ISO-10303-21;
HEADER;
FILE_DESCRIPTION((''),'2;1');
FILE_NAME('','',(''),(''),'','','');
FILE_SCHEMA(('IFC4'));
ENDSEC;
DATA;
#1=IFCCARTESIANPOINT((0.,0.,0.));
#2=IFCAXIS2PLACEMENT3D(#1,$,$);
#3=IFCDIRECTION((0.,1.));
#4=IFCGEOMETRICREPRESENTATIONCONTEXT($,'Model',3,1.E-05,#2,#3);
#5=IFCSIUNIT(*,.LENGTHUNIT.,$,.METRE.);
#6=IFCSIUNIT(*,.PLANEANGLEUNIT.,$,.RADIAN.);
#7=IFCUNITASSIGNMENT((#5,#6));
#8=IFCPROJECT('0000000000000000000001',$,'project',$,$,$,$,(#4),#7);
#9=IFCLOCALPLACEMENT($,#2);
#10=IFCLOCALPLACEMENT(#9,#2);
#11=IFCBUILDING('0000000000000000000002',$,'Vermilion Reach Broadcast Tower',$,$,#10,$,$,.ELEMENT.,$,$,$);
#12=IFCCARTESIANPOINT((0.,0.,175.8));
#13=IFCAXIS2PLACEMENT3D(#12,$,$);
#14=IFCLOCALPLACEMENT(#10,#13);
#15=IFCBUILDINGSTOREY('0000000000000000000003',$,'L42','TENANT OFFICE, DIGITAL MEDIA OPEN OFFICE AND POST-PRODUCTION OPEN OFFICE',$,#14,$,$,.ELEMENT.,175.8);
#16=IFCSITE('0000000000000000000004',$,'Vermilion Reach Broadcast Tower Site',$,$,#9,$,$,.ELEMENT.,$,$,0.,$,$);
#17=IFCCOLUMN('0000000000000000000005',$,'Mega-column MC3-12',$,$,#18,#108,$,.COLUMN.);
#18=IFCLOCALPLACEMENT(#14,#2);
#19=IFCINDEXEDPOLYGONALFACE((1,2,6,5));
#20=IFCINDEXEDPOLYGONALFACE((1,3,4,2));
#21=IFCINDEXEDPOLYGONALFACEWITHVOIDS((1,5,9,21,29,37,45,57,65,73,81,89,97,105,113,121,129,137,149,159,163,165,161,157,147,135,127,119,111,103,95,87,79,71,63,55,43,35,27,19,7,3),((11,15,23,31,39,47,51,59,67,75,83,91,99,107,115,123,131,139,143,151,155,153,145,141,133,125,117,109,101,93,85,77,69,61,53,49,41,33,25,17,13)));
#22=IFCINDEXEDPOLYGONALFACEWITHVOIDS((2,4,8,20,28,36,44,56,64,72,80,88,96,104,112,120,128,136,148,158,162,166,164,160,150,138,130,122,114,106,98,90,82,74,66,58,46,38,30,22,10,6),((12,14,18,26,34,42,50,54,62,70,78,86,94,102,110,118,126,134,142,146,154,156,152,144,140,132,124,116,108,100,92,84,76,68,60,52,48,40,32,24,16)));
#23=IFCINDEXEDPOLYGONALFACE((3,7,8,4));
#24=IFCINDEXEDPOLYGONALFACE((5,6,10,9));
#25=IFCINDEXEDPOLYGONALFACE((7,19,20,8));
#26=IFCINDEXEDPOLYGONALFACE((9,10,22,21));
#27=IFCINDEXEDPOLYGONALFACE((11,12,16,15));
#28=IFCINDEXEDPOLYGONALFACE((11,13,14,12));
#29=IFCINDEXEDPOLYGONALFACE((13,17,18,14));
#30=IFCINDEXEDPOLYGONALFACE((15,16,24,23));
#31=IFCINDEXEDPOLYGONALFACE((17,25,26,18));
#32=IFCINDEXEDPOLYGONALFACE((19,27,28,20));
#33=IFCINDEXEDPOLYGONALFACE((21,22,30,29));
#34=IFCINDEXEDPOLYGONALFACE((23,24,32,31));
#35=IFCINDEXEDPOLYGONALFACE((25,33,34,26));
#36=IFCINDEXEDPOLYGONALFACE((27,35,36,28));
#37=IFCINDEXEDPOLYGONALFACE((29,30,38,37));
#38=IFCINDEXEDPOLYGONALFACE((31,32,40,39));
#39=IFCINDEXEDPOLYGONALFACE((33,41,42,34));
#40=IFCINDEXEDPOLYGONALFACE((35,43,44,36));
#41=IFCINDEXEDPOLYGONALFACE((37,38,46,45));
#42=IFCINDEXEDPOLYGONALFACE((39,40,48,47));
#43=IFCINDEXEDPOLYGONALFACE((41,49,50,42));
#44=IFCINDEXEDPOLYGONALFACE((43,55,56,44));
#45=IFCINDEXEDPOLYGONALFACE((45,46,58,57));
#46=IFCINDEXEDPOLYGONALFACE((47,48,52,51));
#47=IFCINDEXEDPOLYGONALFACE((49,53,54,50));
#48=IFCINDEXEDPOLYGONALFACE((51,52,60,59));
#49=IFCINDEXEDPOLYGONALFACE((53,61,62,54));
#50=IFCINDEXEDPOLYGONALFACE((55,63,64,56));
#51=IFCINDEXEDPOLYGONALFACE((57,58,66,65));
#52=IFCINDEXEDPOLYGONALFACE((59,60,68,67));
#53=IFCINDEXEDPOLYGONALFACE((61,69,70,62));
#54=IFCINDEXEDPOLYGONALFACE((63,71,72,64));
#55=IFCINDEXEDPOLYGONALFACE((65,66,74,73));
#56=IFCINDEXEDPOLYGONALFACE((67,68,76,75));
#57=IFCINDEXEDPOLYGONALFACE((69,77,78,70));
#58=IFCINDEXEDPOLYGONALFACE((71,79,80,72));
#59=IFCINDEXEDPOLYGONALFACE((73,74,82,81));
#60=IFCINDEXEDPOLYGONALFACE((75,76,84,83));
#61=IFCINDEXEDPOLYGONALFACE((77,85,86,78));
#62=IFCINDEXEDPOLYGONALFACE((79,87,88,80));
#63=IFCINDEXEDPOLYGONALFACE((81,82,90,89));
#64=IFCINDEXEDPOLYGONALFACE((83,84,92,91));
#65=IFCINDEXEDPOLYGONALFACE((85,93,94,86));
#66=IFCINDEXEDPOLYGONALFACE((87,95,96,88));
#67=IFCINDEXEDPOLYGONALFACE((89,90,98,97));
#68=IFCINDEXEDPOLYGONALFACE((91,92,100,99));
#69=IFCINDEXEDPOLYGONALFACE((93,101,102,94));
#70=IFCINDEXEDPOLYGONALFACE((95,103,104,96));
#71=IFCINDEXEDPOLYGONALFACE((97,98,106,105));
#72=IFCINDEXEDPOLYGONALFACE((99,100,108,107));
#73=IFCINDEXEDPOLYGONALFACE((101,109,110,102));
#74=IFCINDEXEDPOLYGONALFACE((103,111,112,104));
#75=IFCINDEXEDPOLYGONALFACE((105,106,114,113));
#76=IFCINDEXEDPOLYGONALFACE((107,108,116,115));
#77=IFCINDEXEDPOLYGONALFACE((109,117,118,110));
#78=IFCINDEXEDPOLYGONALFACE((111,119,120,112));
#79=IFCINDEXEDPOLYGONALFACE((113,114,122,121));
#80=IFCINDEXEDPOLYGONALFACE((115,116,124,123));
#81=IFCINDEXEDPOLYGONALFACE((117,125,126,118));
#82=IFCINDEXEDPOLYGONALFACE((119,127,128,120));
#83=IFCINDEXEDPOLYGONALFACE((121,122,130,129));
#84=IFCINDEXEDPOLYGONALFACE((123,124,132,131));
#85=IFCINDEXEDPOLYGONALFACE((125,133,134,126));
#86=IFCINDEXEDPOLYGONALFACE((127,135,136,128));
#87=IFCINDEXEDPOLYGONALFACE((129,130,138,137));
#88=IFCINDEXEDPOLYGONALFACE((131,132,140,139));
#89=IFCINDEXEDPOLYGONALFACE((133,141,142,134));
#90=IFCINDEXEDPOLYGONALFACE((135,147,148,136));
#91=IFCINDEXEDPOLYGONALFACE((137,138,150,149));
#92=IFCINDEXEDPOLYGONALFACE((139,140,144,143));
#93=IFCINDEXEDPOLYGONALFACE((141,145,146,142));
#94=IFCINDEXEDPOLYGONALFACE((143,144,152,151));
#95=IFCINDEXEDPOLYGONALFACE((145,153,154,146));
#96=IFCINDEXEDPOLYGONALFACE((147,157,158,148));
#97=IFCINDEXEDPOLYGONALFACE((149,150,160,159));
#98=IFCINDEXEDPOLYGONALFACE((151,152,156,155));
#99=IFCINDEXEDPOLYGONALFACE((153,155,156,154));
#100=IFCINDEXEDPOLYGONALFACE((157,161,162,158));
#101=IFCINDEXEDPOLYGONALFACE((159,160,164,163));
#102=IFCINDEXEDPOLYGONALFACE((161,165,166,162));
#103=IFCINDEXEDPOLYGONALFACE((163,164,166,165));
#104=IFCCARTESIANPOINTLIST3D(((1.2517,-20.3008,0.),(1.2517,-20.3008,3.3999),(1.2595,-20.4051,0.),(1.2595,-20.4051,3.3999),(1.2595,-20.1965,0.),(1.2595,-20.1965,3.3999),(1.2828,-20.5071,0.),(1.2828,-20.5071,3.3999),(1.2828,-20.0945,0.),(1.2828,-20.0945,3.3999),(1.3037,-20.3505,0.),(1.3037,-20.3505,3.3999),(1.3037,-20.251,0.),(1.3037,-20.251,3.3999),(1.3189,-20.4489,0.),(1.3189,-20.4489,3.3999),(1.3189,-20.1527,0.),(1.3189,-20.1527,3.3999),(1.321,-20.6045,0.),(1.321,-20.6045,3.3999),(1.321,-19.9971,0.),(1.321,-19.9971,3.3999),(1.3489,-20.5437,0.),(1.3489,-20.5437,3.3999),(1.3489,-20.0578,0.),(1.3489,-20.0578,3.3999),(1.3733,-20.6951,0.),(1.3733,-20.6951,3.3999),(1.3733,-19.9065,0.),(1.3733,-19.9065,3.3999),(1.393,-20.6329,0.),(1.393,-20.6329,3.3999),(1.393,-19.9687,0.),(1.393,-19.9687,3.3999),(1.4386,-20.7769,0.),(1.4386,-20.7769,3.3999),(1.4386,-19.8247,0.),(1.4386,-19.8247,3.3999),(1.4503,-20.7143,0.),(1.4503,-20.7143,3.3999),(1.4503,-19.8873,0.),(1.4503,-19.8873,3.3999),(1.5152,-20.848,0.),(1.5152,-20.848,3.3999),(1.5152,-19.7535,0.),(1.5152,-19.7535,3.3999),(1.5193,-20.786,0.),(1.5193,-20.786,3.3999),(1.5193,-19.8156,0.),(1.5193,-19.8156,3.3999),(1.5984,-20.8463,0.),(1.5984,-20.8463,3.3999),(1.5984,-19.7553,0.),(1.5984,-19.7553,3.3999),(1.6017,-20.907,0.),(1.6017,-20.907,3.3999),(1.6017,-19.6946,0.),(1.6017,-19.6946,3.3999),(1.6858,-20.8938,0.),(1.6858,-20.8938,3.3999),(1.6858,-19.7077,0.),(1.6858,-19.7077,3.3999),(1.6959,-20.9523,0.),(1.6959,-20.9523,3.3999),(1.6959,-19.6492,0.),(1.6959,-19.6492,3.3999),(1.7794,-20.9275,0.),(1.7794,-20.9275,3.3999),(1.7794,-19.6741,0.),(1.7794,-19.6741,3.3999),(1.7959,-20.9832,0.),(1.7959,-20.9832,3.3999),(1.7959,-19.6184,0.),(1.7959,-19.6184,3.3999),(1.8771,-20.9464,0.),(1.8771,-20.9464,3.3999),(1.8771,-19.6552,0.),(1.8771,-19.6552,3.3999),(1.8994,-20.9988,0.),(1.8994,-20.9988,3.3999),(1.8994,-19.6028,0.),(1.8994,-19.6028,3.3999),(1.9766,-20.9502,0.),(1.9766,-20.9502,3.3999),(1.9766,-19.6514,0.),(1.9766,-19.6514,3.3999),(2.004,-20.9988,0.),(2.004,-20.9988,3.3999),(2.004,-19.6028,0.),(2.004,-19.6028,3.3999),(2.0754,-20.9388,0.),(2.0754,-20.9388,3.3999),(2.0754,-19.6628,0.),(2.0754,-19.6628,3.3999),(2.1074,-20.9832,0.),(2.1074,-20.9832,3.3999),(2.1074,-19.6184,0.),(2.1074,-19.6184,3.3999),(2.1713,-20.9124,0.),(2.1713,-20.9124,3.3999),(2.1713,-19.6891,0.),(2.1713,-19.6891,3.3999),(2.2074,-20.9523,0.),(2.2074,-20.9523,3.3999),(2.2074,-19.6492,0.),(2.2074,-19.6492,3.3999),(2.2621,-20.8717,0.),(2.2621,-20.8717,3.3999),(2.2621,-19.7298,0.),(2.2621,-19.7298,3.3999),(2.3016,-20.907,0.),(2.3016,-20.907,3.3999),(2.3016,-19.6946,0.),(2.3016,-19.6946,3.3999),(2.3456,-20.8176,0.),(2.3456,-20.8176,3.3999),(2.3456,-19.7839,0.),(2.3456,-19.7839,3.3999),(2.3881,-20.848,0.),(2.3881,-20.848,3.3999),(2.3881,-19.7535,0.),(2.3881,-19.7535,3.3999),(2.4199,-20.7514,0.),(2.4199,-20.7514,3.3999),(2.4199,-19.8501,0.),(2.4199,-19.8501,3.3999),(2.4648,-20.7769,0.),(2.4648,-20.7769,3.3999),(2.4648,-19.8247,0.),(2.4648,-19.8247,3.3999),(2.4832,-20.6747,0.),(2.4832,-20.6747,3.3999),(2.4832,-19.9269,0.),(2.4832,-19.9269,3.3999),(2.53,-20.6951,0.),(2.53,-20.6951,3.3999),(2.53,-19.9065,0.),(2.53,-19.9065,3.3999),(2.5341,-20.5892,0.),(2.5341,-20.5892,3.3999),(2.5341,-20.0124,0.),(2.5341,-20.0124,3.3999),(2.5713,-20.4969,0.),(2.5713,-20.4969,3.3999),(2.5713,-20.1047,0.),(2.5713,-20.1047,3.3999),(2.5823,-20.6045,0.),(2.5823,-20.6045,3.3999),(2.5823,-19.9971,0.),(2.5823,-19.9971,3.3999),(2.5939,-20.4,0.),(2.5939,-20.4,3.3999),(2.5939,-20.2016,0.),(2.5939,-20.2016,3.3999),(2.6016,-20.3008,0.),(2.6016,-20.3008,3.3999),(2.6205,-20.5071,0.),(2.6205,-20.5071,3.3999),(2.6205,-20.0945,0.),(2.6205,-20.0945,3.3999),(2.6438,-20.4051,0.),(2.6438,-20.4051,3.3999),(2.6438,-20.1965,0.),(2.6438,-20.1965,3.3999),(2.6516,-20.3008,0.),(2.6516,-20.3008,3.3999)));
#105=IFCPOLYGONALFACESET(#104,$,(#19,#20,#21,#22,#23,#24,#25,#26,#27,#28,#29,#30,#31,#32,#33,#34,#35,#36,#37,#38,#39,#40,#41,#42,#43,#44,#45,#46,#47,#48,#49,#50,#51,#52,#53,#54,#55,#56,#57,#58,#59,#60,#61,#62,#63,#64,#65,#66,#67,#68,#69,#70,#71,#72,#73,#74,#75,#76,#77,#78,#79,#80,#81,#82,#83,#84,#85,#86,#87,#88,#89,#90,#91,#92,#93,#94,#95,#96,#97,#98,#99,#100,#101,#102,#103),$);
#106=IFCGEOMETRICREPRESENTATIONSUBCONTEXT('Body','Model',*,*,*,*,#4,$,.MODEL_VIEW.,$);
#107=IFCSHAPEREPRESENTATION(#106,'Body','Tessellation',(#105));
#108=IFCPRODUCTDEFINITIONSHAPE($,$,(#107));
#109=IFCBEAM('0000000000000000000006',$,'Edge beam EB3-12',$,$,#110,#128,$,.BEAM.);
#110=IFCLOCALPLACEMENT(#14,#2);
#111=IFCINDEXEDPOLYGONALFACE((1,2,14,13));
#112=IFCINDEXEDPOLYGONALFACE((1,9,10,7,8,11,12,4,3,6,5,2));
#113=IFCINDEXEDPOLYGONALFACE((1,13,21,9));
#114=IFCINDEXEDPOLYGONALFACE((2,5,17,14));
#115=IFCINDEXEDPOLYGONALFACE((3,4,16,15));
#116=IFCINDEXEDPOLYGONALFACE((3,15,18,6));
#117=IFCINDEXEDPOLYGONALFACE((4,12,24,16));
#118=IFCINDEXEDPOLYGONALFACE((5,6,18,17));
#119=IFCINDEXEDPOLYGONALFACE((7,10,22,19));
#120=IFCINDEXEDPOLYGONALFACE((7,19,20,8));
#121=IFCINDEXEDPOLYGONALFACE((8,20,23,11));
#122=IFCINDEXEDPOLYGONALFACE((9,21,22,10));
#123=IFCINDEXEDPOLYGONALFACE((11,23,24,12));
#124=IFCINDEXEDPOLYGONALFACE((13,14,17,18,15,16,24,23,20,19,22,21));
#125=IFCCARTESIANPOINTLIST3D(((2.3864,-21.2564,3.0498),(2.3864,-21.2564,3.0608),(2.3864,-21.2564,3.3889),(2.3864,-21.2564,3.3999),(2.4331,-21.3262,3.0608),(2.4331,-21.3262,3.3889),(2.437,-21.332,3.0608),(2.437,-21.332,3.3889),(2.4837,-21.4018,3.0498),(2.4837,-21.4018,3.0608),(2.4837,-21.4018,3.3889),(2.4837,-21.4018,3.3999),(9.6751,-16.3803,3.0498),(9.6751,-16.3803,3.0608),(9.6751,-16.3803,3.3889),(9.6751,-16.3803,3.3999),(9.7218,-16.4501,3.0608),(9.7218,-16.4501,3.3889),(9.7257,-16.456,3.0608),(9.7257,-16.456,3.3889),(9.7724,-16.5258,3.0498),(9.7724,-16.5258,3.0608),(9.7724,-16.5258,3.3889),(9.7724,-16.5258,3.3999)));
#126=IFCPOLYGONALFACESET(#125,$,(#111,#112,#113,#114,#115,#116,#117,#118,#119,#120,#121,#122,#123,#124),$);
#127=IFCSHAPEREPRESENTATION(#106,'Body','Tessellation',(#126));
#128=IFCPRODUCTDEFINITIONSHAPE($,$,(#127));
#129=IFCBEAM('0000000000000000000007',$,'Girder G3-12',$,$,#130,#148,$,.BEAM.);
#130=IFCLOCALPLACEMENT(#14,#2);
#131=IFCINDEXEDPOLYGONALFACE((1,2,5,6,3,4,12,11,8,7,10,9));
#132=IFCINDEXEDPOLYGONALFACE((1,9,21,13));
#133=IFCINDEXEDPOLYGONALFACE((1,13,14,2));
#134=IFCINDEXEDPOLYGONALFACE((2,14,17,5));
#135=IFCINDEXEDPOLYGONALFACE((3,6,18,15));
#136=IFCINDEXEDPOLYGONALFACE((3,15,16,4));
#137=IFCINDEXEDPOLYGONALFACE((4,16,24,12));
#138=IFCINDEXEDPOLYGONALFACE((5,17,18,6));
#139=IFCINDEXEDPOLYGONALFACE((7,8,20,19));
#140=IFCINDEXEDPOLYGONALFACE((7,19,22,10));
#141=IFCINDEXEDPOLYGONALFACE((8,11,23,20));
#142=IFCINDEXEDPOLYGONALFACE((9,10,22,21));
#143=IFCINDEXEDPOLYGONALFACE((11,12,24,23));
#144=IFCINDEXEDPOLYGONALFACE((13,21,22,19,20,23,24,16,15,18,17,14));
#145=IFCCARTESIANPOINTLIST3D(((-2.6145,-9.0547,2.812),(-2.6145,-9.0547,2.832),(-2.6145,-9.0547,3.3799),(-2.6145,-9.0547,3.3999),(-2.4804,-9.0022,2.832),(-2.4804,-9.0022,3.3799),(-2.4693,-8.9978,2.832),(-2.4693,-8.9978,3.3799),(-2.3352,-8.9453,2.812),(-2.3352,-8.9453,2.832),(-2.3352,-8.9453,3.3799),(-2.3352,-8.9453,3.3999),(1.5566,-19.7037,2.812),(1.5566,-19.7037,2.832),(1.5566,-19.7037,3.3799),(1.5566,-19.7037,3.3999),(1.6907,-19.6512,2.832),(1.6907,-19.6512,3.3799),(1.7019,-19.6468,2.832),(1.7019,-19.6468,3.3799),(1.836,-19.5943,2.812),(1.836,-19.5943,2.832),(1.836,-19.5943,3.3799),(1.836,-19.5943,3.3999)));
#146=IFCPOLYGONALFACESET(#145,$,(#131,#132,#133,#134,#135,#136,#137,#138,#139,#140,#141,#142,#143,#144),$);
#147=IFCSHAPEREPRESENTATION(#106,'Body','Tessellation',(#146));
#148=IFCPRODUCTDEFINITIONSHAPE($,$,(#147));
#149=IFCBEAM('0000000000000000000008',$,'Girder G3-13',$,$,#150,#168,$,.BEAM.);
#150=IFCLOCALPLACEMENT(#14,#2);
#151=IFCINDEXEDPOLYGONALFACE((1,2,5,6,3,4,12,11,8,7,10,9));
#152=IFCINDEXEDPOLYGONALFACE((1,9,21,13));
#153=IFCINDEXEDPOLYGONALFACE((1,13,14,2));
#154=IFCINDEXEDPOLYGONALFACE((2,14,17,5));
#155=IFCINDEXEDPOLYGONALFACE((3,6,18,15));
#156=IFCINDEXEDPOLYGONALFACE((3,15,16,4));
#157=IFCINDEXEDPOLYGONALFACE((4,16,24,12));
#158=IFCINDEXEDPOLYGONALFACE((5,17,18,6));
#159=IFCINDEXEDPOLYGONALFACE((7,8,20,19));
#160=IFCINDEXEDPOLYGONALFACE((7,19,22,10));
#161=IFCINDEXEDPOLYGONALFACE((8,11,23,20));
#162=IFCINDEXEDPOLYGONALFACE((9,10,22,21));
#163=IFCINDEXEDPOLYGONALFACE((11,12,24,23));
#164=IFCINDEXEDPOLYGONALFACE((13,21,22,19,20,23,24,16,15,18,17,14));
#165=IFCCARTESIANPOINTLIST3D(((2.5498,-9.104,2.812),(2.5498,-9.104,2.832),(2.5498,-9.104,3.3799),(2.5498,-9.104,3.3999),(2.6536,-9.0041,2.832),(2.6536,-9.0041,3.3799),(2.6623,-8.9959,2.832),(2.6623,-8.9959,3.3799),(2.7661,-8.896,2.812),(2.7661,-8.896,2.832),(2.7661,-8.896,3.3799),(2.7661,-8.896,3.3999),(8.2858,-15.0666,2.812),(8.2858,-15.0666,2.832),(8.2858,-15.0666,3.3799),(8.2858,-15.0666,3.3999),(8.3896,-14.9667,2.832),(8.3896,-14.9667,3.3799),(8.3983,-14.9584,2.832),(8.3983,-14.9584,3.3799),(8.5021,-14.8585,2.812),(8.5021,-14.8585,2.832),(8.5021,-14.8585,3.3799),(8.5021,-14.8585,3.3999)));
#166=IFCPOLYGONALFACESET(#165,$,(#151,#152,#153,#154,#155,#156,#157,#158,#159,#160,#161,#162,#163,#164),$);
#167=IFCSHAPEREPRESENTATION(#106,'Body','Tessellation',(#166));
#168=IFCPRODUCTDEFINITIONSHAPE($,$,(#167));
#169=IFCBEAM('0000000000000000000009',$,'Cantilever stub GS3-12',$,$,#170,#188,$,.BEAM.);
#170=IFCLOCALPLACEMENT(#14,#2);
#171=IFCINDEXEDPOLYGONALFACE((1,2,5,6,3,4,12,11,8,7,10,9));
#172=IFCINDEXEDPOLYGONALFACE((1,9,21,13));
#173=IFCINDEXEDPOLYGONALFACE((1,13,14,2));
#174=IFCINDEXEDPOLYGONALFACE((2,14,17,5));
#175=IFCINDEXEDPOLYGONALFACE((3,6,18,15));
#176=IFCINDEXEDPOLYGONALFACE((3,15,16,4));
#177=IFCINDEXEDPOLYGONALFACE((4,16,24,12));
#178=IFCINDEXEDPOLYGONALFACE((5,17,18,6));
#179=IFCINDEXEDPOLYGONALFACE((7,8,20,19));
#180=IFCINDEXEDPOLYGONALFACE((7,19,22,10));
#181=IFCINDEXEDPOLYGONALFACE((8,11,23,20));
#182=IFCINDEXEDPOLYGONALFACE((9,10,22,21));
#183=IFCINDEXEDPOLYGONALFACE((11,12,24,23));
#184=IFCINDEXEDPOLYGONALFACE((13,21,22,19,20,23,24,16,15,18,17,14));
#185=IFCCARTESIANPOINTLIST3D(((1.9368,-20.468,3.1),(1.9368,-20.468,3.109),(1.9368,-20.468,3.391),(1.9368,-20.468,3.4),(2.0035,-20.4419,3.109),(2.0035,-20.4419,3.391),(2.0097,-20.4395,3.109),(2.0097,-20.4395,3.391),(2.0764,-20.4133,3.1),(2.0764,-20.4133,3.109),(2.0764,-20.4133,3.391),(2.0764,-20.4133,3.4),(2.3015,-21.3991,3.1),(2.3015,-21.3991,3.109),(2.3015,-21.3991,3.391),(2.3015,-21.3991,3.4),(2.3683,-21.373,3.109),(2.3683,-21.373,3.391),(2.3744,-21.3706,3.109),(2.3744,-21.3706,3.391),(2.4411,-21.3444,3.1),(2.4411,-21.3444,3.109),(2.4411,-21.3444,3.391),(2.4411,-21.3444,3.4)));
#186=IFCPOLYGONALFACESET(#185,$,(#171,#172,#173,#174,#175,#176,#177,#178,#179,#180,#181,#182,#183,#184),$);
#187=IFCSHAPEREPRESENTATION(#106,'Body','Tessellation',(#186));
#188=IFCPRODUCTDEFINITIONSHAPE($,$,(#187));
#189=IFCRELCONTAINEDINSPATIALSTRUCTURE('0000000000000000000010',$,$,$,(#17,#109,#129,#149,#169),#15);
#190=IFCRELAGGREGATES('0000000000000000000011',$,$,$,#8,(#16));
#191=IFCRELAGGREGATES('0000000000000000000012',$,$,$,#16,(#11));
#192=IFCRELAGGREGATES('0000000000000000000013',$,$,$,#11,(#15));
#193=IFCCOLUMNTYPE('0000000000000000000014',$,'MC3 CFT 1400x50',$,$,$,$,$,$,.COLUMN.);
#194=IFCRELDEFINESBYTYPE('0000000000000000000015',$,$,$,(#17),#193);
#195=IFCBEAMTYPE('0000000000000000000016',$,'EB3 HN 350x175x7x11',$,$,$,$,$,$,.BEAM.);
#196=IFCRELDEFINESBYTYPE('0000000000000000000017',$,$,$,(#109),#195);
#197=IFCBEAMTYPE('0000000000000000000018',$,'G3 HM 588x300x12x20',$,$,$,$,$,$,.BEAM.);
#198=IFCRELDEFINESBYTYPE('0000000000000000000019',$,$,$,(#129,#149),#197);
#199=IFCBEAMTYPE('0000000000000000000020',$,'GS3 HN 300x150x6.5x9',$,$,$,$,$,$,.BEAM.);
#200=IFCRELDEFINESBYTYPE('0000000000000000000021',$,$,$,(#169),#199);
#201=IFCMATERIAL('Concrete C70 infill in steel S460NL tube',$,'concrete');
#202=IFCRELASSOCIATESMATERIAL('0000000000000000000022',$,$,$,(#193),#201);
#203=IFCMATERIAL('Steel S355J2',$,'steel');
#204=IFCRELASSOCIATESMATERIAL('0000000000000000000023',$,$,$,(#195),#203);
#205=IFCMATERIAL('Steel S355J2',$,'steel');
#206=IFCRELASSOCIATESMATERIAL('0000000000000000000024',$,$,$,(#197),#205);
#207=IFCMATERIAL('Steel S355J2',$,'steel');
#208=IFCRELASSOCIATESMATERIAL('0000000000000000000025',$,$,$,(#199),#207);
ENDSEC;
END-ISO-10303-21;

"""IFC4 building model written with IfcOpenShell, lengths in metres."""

from ifc_helpers import new_model, si_unit, direction, frame, origin, origin_2d, place, context, subcontext, project, spatial, hollow_circle, i_section, extrude, material, material_profile, profile_set, type_object, element, save


model = new_model("IFC4")

# Units and contexts
model_context = context("Model", 3, precision=1e-05, world=origin(), true_north=direction((0.0, 1.0)))
body_context = subcontext(model_context, "Body", "Model", "MODEL_VIEW")
ifc_project = project(units=[si_unit("LENGTHUNIT", "METRE"), si_unit("PLANEANGLEUNIT", "RADIAN")], contexts=[model_context])

# Site, building, storey
site_placement = place(None, origin())
site = spatial("IfcSite", under=ifc_project, at=site_placement, Name="Vermilion Reach Broadcast Tower Site", CompositionType="ELEMENT", RefElevation=0.0)
building_placement = place(site_placement, origin())
building = spatial("IfcBuilding", under=site, at=building_placement, Name="Vermilion Reach Broadcast Tower", CompositionType="ELEMENT")
storey_placement = place(building_placement, frame((0.0, 0.0, 175.8)))
storey = spatial("IfcBuildingStorey", under=building, at=storey_placement, Name="L42", Description="TENANT OFFICE, DIGITAL MEDIA OPEN OFFICE AND POST-PRODUCTION OPEN OFFICE", CompositionType="ELEMENT", Elevation=175.8)

# Column
ifc_material_1 = material(Name="Concrete C70 infill in steel S460NL tube", Category="concrete")
ifc_material_profile_1 = material_profile(ifc_material_1, hollow_circle(Radius=0.7, WallThickness=0.05, at=origin_2d()), Name="Concrete C70 infill in steel S460NL tube CFT 1400x50")
ifc_profile_set_1 = profile_set([ifc_material_profile_1], Name="Concrete C70 infill in steel S460NL tube")
column_type = type_object("IfcColumnType", Name="MC3 CFT 1400x50", PredefinedType="COLUMN", material=ifc_profile_set_1)
column_placement = place(storey_placement, frame((1.9517, -20.3008, 0.0), z_axis=(0.0, 0.0, 1.0), x_axis=(1.0, 0.0, 0.0)))
element("IfcColumn", 1, at=column_placement, inside=storey, type_object=column_type, Name="Mega-column MC3-12", PredefinedType="COLUMN", context=body_context, shape_type="SweptSolid", body=[
    extrude(hollow_circle(Radius=0.7, WallThickness=0.05, at=origin_2d()), origin(), (0.0, 0.0, 1.0), 3.3999),
])

# Beams
ifc_material_2 = material(Name="Steel S355J2", Category="steel")
ifc_material_profile_2 = material_profile(ifc_material_2, i_section(OverallWidth=0.175, OverallDepth=0.3501, WebThickness=0.0071, FlangeThickness=0.011, at=origin_2d()), Name="S355J2 HN 350x175x7x11")
ifc_profile_set_2 = profile_set([ifc_material_profile_2], Name="Steel S355J2")
beam_type_1 = type_object("IfcBeamType", Name="EB3 HN 350x175x7x11", PredefinedType="BEAM", material=ifc_profile_set_2)
beam_1_placement = place(storey_placement, frame((2.4351, -21.3291, 3.2249), z_axis=(0.831158, 0.556036, 0.0), x_axis=(-0.556036, 0.831158, 0.0)))
element("IfcBeam", 2, at=beam_1_placement, inside=storey, type_object=beam_type_1, Name="Edge beam EB3-12", PredefinedType="BEAM", context=body_context, shape_type="SweptSolid", body=[
    extrude(i_section(OverallWidth=0.175, OverallDepth=0.3501, WebThickness=0.0071, FlangeThickness=0.011, at=origin_2d()), origin(), (0.0, 0.0, 1.0), 8.7693),
])
ifc_material_3 = material(Name="Steel S355J2", Category="steel")
ifc_material_profile_3 = material_profile(ifc_material_3, i_section(OverallWidth=0.3, OverallDepth=0.5879, WebThickness=0.012, FlangeThickness=0.02, at=origin_2d()), Name="S355J2 HM 588x300x12x20")
ifc_profile_set_3 = profile_set([ifc_material_profile_3], Name="Steel S355J2")
beam_type_2 = type_object("IfcBeamType", Name="G3 HM 588x300x12x20", PredefinedType="BEAM", material=ifc_profile_set_3)
beam_2_placement = place(storey_placement, frame((-2.4749, -9.0, 3.106), z_axis=(0.364716, -0.931119, 0.0), x_axis=(0.931119, 0.364716, 0.0)))
element("IfcBeam", 3, at=beam_2_placement, inside=storey, type_object=beam_type_2, Name="Girder G3-12", PredefinedType="BEAM", context=body_context, shape_type="SweptSolid", body=[
    extrude(i_section(OverallWidth=0.3, OverallDepth=0.5879, WebThickness=0.012, FlangeThickness=0.02, at=origin_2d()), origin(), (0.0, 0.0, 1.0), 11.4368),
])
beam_3_placement = place(storey_placement, frame((2.658, -9.0, 3.106), z_axis=(0.693283, -0.720666, 0.0), x_axis=(0.720666, 0.693283, 0.0)))
element("IfcBeam", 4, at=beam_3_placement, inside=storey, type_object=beam_type_2, Name="Girder G3-13", PredefinedType="BEAM", context=body_context, shape_type="SweptSolid", body=[
    extrude(i_section(OverallWidth=0.3, OverallDepth=0.5879, WebThickness=0.012, FlangeThickness=0.02, at=origin_2d()), origin(), (0.0, 0.0, 1.0), 8.2737),
])
ifc_material_4 = material(Name="Steel S355J2", Category="steel")
ifc_material_profile_4 = material_profile(ifc_material_4, i_section(OverallWidth=0.1499, OverallDepth=0.3, WebThickness=0.0066, FlangeThickness=0.009, at=origin_2d()), Name="S355J2 HN 300x150x6.5x9")
ifc_profile_set_4 = profile_set([ifc_material_profile_4], Name="Steel S355J2")
beam_type_3 = type_object("IfcBeamType", Name="GS3 HN 300x150x6.5x9", PredefinedType="BEAM", material=ifc_profile_set_4)
beam_4_placement = place(storey_placement, frame((2.0066, -20.4407, 3.25), z_axis=(0.364731, -0.931113, 0.0), x_axis=(0.931113, 0.364731, 0.0)))
element("IfcBeam", 5, at=beam_4_placement, inside=storey, type_object=beam_type_3, Name="Cantilever stub GS3-12", PredefinedType="BEAM", context=body_context, shape_type="SweptSolid", body=[
    extrude(i_section(OverallWidth=0.1499, OverallDepth=0.3, WebThickness=0.0066, FlangeThickness=0.009, at=origin_2d()), origin(), (0.0, 0.0, 1.0), 1.0),
])

save(model, "model.ifc")
